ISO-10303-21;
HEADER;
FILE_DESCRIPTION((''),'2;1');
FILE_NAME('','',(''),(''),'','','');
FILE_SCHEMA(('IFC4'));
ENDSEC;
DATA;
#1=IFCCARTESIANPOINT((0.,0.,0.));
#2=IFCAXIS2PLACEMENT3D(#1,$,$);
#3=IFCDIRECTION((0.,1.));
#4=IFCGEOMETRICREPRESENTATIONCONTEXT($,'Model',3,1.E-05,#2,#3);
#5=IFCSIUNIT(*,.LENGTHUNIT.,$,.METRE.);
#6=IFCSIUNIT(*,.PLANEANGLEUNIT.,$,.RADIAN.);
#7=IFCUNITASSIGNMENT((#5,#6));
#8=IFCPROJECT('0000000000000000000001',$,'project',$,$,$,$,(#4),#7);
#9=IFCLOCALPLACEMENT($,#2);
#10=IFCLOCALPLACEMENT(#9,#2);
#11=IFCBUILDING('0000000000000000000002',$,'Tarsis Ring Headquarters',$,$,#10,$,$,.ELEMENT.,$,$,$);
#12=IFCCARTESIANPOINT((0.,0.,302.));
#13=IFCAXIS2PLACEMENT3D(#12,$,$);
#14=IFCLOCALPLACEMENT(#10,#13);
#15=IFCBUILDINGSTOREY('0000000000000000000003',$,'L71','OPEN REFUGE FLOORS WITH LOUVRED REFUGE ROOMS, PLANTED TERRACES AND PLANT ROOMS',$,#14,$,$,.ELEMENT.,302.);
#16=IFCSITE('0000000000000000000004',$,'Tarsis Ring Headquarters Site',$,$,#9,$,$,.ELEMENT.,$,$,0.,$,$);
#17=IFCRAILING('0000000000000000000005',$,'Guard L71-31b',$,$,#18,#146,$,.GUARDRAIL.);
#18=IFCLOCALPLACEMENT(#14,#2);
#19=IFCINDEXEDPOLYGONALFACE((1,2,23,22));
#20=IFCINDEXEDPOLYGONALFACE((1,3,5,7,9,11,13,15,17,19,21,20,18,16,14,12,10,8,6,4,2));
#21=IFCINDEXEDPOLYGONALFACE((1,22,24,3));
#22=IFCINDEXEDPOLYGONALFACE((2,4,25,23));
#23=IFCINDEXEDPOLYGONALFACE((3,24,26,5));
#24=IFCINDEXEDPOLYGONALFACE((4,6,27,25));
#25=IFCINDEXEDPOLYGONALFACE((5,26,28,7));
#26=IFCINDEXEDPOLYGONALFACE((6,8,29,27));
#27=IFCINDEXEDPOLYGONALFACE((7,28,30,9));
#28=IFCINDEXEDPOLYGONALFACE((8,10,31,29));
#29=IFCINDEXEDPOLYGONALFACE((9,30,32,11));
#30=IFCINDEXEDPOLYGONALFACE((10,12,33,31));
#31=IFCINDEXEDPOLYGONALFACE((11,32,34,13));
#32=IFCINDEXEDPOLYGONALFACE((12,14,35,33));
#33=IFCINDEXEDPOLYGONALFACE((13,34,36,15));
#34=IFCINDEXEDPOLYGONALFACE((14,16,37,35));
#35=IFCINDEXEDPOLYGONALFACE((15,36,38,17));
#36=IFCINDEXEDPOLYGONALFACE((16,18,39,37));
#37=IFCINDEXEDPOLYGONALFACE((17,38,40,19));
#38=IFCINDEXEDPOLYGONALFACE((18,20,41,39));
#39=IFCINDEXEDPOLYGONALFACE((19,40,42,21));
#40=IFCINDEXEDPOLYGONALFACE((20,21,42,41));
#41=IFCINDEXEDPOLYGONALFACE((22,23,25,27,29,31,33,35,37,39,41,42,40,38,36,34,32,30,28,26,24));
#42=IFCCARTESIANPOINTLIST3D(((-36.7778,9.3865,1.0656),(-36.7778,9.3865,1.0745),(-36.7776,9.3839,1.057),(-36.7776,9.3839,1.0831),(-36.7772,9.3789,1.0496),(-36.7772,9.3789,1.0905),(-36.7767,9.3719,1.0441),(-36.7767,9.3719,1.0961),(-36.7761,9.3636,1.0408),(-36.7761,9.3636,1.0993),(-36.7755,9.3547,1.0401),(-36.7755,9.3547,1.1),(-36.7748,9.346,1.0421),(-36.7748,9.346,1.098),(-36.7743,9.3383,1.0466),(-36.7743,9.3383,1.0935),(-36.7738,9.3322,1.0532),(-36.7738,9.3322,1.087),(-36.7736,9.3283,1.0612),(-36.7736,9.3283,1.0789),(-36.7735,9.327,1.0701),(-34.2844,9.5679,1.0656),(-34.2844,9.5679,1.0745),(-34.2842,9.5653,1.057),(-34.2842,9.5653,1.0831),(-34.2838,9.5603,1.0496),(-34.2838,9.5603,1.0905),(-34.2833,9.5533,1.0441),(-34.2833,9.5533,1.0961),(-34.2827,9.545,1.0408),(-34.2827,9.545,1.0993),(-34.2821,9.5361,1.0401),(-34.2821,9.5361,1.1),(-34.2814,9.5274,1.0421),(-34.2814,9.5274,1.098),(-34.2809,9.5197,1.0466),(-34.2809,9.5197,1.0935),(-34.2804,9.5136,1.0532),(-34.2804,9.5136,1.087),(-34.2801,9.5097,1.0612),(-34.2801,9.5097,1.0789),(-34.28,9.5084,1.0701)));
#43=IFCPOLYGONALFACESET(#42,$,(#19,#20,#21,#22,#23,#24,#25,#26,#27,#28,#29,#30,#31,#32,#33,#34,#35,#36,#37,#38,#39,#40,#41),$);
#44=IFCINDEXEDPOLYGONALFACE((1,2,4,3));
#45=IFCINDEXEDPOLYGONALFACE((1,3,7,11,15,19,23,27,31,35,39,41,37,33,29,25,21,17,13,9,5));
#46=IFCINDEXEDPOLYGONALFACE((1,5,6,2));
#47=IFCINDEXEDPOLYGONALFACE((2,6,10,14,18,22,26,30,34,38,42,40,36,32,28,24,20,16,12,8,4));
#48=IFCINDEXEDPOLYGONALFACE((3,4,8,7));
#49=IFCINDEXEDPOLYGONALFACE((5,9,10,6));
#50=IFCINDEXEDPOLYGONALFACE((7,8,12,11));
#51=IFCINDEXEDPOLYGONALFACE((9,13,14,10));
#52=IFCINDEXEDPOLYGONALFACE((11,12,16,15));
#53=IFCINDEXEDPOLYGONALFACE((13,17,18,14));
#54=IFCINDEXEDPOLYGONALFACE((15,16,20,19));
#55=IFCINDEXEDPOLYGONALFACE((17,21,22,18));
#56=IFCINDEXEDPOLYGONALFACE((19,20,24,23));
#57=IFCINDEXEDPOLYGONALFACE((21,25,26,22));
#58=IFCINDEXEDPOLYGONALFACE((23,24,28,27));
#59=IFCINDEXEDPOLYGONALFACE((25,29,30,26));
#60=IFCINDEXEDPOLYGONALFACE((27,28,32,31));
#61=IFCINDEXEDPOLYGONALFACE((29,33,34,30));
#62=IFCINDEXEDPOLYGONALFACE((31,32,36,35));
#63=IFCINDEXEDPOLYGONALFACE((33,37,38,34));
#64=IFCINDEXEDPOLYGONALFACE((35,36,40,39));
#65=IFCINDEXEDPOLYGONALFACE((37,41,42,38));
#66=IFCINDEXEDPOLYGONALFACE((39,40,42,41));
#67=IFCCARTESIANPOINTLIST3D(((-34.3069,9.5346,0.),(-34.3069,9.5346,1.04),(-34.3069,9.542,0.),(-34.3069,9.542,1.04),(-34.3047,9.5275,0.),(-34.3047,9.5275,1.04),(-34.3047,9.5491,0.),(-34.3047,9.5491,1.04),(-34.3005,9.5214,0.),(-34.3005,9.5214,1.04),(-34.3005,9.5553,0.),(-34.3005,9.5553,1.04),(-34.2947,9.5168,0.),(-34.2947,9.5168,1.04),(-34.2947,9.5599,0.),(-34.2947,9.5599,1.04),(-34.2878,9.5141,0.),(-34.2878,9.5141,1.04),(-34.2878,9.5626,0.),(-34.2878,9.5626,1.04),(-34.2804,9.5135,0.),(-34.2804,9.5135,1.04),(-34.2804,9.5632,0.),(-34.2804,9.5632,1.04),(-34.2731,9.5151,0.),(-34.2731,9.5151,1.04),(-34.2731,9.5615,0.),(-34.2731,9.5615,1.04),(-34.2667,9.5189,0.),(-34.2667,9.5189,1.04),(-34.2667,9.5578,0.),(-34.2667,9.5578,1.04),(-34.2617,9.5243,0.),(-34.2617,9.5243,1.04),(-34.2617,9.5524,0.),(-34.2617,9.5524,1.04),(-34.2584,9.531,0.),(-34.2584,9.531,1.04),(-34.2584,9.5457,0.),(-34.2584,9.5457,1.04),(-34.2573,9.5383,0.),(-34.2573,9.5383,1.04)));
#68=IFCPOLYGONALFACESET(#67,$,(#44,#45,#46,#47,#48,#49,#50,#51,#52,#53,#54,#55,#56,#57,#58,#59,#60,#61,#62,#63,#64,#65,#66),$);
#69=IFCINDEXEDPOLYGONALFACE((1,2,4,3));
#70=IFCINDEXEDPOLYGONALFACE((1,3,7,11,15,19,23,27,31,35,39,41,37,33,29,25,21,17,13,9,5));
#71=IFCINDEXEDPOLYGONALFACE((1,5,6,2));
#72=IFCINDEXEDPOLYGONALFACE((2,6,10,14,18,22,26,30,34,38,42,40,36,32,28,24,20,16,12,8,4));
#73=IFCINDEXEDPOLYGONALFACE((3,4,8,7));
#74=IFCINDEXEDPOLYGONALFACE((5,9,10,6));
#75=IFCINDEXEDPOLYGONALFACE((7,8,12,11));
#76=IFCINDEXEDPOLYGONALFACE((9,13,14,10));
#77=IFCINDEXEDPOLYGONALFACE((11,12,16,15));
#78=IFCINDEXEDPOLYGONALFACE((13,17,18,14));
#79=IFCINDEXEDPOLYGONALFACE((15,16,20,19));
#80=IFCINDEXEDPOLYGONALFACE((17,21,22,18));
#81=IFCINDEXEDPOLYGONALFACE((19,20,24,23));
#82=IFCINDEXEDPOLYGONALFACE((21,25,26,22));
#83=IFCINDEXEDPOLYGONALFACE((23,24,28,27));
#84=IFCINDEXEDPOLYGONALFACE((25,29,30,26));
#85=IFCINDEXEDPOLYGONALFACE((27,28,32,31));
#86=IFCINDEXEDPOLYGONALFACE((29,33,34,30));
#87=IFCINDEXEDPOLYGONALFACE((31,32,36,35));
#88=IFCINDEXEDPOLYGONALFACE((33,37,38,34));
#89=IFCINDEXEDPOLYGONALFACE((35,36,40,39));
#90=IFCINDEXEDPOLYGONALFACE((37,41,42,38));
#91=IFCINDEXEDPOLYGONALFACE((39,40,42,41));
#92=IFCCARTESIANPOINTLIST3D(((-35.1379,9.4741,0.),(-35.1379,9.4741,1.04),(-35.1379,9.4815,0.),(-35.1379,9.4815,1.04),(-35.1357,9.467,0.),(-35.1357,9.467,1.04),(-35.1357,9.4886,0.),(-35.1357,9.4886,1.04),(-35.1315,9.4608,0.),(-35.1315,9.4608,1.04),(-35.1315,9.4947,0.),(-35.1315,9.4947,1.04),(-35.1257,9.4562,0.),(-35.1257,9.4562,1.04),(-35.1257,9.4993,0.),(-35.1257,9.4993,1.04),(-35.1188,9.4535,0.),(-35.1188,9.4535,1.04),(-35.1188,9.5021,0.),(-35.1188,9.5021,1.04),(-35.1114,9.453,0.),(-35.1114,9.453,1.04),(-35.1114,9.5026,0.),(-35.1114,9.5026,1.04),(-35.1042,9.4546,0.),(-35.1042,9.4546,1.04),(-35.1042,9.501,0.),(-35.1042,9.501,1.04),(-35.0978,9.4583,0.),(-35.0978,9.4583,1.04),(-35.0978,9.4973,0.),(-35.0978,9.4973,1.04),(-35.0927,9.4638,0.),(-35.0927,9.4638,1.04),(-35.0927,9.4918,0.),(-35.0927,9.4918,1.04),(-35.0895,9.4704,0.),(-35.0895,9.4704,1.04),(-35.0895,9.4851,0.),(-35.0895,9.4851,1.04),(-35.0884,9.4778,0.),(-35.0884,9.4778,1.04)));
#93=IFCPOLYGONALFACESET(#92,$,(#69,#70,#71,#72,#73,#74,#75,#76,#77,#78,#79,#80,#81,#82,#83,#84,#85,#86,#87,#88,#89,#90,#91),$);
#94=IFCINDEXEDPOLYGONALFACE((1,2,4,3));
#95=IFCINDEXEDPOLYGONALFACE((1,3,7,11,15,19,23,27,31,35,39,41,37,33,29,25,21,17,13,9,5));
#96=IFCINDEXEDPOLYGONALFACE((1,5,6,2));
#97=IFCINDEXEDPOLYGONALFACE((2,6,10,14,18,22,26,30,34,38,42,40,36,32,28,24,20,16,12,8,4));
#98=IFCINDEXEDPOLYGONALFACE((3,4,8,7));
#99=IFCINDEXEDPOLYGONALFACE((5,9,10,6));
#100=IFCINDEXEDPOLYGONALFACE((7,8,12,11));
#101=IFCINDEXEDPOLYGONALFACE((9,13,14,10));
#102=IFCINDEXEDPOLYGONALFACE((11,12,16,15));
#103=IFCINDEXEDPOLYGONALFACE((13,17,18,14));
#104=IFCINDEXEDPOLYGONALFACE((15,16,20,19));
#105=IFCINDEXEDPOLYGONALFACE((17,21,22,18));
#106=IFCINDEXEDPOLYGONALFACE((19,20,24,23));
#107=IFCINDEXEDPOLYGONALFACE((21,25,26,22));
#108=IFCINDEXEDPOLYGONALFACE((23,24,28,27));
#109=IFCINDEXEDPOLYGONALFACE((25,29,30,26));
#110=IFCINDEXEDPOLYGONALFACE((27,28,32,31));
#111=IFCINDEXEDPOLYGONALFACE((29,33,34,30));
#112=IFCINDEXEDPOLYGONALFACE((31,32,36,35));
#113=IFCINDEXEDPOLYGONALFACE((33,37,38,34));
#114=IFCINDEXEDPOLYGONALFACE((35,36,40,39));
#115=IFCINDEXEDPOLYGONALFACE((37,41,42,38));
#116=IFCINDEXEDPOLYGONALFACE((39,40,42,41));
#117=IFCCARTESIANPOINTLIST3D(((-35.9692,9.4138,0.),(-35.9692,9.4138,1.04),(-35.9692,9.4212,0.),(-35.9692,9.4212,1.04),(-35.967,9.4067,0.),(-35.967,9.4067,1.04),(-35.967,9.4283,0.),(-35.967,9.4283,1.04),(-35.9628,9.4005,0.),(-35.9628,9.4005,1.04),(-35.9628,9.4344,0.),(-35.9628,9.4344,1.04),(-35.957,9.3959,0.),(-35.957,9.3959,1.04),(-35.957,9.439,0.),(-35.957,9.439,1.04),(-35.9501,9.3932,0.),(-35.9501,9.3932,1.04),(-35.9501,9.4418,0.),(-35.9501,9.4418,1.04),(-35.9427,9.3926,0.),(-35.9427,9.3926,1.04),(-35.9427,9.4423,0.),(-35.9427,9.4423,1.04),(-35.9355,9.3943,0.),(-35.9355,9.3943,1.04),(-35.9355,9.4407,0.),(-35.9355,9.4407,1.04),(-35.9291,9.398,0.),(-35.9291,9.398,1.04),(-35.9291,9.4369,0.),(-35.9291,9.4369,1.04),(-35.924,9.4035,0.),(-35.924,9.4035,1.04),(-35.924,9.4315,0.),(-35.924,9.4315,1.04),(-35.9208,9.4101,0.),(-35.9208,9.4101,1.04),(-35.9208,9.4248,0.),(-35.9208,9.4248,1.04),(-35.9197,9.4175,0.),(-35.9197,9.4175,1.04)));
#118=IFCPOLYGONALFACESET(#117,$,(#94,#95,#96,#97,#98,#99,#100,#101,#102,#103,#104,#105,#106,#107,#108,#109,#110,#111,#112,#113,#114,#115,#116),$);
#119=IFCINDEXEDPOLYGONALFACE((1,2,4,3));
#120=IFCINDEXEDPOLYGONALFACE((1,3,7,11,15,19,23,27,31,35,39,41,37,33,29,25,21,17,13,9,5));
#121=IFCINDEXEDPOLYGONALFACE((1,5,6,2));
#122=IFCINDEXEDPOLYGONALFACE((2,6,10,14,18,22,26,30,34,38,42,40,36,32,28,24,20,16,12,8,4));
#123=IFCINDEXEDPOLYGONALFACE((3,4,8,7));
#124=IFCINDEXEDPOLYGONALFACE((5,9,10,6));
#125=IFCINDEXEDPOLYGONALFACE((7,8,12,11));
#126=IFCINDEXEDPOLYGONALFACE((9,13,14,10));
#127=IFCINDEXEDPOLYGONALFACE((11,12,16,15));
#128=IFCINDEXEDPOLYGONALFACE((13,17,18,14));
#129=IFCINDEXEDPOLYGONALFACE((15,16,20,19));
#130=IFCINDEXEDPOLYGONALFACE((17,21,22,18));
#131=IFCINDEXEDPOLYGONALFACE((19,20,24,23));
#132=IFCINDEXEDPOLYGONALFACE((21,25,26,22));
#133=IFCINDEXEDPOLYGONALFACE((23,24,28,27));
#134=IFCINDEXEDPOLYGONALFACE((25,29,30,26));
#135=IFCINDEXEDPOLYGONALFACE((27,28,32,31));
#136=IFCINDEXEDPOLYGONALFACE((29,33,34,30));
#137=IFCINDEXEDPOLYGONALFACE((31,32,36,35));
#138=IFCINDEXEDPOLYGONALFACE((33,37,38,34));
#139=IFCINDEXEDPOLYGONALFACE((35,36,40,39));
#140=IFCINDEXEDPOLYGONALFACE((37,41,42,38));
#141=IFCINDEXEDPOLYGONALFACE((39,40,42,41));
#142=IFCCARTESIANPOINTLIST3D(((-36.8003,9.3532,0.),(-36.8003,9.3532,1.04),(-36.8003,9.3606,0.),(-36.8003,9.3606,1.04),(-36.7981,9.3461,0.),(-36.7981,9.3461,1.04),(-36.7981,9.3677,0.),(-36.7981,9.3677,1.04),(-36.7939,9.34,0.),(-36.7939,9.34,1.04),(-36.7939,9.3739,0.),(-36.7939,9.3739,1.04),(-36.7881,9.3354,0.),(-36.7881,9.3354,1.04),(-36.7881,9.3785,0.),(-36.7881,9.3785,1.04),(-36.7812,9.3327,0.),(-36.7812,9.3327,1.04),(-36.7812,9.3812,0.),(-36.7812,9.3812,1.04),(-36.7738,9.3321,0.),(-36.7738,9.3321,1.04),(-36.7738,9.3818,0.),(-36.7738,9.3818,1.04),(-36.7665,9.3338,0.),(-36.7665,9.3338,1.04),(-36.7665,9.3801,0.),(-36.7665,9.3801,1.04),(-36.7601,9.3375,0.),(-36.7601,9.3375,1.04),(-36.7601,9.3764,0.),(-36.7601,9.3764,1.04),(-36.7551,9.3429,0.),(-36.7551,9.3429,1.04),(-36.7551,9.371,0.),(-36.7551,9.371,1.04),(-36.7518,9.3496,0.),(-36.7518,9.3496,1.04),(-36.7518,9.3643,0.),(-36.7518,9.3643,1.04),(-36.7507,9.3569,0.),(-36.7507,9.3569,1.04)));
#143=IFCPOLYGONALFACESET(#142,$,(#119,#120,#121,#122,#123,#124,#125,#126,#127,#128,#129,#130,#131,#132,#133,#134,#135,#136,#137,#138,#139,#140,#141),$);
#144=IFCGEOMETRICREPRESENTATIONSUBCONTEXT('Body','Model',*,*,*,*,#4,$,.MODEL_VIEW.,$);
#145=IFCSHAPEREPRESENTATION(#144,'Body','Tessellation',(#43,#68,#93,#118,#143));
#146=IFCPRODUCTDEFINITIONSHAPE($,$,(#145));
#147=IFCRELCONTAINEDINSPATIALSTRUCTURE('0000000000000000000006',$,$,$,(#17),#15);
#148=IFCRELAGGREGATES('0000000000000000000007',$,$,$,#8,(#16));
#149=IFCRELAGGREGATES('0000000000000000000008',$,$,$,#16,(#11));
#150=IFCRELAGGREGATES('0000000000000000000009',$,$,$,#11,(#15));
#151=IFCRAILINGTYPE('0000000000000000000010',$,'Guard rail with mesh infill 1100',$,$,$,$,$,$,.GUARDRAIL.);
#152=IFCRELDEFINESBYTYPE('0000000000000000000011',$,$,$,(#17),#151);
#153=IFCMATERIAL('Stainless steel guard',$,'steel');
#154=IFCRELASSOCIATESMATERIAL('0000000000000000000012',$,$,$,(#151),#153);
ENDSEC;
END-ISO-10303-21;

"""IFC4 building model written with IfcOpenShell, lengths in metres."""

from ifc_helpers import new_model, si_unit, direction, frame, origin, origin_2d, place, context, subcontext, project, spatial, circle, extrude, material, type_object, element, save


model = new_model("IFC4")

# Units and contexts
model_context = context("Model", 3, precision=1e-05, world=origin(), true_north=direction((0.0, 1.0)))
body_context = subcontext(model_context, "Body", "Model", "MODEL_VIEW")
ifc_project = project(units=[si_unit("LENGTHUNIT", "METRE"), si_unit("PLANEANGLEUNIT", "RADIAN")], contexts=[model_context])

# Site, building, storey
site_placement = place(None, origin())
site = spatial("IfcSite", under=ifc_project, at=site_placement, Name="Tarsis Ring Headquarters Site", CompositionType="ELEMENT", RefElevation=0.0)
building_placement = place(site_placement, origin())
building = spatial("IfcBuilding", under=site, at=building_placement, Name="Tarsis Ring Headquarters", CompositionType="ELEMENT")
storey_placement = place(building_placement, frame((0.0, 0.0, 302.0)))
storey = spatial("IfcBuildingStorey", under=building, at=storey_placement, Name="L71", Description="OPEN REFUGE FLOORS WITH LOUVRED REFUGE ROOMS, PLANTED TERRACES AND PLANT ROOMS", CompositionType="ELEMENT", Elevation=302.0)

# Railing
ifc_material_1 = material(Name="Stainless steel guard", Category="steel")
railing_type_1 = type_object("IfcRailingType", Name="Guard rail with mesh infill 1100", PredefinedType="GUARDRAIL", material=ifc_material_1)
railing_1_placement = place(storey_placement, frame((-34.2822, 9.5383, 0.0)))
element("IfcRailing", 1, at=railing_1_placement, inside=storey, type_object=railing_type_1, Name="Guard L71-31b", PredefinedType="GUARDRAIL", context=body_context, shape_type="SweptSolid", body=[
    extrude(circle(Radius=0.03, at=origin_2d()), frame((0.0, 0.0, 1.0701), z_axis=(-0.997364, -0.072559, 0.0), x_axis=(0.072559, -0.997364, 0.0)), (0.0, 0.0, 1.0), 2.5),
    extrude(circle(Radius=0.0249, at=origin_2d()), origin(), (0.0, 0.0, 1.0), 1.04),
    extrude(circle(Radius=0.0249, at=origin_2d()), frame((-0.8311, -0.0605, 0.0)), (0.0, 0.0, 1.0), 1.04),
    extrude(circle(Radius=0.0249, at=origin_2d()), frame((-1.6624, -0.1208, 0.0)), (0.0, 0.0, 1.0), 1.04),
    extrude(circle(Radius=0.0249, at=origin_2d()), frame((-2.4934, -0.1814, 0.0)), (0.0, 0.0, 1.0), 1.04),
])

save(model, "model.ifc")
